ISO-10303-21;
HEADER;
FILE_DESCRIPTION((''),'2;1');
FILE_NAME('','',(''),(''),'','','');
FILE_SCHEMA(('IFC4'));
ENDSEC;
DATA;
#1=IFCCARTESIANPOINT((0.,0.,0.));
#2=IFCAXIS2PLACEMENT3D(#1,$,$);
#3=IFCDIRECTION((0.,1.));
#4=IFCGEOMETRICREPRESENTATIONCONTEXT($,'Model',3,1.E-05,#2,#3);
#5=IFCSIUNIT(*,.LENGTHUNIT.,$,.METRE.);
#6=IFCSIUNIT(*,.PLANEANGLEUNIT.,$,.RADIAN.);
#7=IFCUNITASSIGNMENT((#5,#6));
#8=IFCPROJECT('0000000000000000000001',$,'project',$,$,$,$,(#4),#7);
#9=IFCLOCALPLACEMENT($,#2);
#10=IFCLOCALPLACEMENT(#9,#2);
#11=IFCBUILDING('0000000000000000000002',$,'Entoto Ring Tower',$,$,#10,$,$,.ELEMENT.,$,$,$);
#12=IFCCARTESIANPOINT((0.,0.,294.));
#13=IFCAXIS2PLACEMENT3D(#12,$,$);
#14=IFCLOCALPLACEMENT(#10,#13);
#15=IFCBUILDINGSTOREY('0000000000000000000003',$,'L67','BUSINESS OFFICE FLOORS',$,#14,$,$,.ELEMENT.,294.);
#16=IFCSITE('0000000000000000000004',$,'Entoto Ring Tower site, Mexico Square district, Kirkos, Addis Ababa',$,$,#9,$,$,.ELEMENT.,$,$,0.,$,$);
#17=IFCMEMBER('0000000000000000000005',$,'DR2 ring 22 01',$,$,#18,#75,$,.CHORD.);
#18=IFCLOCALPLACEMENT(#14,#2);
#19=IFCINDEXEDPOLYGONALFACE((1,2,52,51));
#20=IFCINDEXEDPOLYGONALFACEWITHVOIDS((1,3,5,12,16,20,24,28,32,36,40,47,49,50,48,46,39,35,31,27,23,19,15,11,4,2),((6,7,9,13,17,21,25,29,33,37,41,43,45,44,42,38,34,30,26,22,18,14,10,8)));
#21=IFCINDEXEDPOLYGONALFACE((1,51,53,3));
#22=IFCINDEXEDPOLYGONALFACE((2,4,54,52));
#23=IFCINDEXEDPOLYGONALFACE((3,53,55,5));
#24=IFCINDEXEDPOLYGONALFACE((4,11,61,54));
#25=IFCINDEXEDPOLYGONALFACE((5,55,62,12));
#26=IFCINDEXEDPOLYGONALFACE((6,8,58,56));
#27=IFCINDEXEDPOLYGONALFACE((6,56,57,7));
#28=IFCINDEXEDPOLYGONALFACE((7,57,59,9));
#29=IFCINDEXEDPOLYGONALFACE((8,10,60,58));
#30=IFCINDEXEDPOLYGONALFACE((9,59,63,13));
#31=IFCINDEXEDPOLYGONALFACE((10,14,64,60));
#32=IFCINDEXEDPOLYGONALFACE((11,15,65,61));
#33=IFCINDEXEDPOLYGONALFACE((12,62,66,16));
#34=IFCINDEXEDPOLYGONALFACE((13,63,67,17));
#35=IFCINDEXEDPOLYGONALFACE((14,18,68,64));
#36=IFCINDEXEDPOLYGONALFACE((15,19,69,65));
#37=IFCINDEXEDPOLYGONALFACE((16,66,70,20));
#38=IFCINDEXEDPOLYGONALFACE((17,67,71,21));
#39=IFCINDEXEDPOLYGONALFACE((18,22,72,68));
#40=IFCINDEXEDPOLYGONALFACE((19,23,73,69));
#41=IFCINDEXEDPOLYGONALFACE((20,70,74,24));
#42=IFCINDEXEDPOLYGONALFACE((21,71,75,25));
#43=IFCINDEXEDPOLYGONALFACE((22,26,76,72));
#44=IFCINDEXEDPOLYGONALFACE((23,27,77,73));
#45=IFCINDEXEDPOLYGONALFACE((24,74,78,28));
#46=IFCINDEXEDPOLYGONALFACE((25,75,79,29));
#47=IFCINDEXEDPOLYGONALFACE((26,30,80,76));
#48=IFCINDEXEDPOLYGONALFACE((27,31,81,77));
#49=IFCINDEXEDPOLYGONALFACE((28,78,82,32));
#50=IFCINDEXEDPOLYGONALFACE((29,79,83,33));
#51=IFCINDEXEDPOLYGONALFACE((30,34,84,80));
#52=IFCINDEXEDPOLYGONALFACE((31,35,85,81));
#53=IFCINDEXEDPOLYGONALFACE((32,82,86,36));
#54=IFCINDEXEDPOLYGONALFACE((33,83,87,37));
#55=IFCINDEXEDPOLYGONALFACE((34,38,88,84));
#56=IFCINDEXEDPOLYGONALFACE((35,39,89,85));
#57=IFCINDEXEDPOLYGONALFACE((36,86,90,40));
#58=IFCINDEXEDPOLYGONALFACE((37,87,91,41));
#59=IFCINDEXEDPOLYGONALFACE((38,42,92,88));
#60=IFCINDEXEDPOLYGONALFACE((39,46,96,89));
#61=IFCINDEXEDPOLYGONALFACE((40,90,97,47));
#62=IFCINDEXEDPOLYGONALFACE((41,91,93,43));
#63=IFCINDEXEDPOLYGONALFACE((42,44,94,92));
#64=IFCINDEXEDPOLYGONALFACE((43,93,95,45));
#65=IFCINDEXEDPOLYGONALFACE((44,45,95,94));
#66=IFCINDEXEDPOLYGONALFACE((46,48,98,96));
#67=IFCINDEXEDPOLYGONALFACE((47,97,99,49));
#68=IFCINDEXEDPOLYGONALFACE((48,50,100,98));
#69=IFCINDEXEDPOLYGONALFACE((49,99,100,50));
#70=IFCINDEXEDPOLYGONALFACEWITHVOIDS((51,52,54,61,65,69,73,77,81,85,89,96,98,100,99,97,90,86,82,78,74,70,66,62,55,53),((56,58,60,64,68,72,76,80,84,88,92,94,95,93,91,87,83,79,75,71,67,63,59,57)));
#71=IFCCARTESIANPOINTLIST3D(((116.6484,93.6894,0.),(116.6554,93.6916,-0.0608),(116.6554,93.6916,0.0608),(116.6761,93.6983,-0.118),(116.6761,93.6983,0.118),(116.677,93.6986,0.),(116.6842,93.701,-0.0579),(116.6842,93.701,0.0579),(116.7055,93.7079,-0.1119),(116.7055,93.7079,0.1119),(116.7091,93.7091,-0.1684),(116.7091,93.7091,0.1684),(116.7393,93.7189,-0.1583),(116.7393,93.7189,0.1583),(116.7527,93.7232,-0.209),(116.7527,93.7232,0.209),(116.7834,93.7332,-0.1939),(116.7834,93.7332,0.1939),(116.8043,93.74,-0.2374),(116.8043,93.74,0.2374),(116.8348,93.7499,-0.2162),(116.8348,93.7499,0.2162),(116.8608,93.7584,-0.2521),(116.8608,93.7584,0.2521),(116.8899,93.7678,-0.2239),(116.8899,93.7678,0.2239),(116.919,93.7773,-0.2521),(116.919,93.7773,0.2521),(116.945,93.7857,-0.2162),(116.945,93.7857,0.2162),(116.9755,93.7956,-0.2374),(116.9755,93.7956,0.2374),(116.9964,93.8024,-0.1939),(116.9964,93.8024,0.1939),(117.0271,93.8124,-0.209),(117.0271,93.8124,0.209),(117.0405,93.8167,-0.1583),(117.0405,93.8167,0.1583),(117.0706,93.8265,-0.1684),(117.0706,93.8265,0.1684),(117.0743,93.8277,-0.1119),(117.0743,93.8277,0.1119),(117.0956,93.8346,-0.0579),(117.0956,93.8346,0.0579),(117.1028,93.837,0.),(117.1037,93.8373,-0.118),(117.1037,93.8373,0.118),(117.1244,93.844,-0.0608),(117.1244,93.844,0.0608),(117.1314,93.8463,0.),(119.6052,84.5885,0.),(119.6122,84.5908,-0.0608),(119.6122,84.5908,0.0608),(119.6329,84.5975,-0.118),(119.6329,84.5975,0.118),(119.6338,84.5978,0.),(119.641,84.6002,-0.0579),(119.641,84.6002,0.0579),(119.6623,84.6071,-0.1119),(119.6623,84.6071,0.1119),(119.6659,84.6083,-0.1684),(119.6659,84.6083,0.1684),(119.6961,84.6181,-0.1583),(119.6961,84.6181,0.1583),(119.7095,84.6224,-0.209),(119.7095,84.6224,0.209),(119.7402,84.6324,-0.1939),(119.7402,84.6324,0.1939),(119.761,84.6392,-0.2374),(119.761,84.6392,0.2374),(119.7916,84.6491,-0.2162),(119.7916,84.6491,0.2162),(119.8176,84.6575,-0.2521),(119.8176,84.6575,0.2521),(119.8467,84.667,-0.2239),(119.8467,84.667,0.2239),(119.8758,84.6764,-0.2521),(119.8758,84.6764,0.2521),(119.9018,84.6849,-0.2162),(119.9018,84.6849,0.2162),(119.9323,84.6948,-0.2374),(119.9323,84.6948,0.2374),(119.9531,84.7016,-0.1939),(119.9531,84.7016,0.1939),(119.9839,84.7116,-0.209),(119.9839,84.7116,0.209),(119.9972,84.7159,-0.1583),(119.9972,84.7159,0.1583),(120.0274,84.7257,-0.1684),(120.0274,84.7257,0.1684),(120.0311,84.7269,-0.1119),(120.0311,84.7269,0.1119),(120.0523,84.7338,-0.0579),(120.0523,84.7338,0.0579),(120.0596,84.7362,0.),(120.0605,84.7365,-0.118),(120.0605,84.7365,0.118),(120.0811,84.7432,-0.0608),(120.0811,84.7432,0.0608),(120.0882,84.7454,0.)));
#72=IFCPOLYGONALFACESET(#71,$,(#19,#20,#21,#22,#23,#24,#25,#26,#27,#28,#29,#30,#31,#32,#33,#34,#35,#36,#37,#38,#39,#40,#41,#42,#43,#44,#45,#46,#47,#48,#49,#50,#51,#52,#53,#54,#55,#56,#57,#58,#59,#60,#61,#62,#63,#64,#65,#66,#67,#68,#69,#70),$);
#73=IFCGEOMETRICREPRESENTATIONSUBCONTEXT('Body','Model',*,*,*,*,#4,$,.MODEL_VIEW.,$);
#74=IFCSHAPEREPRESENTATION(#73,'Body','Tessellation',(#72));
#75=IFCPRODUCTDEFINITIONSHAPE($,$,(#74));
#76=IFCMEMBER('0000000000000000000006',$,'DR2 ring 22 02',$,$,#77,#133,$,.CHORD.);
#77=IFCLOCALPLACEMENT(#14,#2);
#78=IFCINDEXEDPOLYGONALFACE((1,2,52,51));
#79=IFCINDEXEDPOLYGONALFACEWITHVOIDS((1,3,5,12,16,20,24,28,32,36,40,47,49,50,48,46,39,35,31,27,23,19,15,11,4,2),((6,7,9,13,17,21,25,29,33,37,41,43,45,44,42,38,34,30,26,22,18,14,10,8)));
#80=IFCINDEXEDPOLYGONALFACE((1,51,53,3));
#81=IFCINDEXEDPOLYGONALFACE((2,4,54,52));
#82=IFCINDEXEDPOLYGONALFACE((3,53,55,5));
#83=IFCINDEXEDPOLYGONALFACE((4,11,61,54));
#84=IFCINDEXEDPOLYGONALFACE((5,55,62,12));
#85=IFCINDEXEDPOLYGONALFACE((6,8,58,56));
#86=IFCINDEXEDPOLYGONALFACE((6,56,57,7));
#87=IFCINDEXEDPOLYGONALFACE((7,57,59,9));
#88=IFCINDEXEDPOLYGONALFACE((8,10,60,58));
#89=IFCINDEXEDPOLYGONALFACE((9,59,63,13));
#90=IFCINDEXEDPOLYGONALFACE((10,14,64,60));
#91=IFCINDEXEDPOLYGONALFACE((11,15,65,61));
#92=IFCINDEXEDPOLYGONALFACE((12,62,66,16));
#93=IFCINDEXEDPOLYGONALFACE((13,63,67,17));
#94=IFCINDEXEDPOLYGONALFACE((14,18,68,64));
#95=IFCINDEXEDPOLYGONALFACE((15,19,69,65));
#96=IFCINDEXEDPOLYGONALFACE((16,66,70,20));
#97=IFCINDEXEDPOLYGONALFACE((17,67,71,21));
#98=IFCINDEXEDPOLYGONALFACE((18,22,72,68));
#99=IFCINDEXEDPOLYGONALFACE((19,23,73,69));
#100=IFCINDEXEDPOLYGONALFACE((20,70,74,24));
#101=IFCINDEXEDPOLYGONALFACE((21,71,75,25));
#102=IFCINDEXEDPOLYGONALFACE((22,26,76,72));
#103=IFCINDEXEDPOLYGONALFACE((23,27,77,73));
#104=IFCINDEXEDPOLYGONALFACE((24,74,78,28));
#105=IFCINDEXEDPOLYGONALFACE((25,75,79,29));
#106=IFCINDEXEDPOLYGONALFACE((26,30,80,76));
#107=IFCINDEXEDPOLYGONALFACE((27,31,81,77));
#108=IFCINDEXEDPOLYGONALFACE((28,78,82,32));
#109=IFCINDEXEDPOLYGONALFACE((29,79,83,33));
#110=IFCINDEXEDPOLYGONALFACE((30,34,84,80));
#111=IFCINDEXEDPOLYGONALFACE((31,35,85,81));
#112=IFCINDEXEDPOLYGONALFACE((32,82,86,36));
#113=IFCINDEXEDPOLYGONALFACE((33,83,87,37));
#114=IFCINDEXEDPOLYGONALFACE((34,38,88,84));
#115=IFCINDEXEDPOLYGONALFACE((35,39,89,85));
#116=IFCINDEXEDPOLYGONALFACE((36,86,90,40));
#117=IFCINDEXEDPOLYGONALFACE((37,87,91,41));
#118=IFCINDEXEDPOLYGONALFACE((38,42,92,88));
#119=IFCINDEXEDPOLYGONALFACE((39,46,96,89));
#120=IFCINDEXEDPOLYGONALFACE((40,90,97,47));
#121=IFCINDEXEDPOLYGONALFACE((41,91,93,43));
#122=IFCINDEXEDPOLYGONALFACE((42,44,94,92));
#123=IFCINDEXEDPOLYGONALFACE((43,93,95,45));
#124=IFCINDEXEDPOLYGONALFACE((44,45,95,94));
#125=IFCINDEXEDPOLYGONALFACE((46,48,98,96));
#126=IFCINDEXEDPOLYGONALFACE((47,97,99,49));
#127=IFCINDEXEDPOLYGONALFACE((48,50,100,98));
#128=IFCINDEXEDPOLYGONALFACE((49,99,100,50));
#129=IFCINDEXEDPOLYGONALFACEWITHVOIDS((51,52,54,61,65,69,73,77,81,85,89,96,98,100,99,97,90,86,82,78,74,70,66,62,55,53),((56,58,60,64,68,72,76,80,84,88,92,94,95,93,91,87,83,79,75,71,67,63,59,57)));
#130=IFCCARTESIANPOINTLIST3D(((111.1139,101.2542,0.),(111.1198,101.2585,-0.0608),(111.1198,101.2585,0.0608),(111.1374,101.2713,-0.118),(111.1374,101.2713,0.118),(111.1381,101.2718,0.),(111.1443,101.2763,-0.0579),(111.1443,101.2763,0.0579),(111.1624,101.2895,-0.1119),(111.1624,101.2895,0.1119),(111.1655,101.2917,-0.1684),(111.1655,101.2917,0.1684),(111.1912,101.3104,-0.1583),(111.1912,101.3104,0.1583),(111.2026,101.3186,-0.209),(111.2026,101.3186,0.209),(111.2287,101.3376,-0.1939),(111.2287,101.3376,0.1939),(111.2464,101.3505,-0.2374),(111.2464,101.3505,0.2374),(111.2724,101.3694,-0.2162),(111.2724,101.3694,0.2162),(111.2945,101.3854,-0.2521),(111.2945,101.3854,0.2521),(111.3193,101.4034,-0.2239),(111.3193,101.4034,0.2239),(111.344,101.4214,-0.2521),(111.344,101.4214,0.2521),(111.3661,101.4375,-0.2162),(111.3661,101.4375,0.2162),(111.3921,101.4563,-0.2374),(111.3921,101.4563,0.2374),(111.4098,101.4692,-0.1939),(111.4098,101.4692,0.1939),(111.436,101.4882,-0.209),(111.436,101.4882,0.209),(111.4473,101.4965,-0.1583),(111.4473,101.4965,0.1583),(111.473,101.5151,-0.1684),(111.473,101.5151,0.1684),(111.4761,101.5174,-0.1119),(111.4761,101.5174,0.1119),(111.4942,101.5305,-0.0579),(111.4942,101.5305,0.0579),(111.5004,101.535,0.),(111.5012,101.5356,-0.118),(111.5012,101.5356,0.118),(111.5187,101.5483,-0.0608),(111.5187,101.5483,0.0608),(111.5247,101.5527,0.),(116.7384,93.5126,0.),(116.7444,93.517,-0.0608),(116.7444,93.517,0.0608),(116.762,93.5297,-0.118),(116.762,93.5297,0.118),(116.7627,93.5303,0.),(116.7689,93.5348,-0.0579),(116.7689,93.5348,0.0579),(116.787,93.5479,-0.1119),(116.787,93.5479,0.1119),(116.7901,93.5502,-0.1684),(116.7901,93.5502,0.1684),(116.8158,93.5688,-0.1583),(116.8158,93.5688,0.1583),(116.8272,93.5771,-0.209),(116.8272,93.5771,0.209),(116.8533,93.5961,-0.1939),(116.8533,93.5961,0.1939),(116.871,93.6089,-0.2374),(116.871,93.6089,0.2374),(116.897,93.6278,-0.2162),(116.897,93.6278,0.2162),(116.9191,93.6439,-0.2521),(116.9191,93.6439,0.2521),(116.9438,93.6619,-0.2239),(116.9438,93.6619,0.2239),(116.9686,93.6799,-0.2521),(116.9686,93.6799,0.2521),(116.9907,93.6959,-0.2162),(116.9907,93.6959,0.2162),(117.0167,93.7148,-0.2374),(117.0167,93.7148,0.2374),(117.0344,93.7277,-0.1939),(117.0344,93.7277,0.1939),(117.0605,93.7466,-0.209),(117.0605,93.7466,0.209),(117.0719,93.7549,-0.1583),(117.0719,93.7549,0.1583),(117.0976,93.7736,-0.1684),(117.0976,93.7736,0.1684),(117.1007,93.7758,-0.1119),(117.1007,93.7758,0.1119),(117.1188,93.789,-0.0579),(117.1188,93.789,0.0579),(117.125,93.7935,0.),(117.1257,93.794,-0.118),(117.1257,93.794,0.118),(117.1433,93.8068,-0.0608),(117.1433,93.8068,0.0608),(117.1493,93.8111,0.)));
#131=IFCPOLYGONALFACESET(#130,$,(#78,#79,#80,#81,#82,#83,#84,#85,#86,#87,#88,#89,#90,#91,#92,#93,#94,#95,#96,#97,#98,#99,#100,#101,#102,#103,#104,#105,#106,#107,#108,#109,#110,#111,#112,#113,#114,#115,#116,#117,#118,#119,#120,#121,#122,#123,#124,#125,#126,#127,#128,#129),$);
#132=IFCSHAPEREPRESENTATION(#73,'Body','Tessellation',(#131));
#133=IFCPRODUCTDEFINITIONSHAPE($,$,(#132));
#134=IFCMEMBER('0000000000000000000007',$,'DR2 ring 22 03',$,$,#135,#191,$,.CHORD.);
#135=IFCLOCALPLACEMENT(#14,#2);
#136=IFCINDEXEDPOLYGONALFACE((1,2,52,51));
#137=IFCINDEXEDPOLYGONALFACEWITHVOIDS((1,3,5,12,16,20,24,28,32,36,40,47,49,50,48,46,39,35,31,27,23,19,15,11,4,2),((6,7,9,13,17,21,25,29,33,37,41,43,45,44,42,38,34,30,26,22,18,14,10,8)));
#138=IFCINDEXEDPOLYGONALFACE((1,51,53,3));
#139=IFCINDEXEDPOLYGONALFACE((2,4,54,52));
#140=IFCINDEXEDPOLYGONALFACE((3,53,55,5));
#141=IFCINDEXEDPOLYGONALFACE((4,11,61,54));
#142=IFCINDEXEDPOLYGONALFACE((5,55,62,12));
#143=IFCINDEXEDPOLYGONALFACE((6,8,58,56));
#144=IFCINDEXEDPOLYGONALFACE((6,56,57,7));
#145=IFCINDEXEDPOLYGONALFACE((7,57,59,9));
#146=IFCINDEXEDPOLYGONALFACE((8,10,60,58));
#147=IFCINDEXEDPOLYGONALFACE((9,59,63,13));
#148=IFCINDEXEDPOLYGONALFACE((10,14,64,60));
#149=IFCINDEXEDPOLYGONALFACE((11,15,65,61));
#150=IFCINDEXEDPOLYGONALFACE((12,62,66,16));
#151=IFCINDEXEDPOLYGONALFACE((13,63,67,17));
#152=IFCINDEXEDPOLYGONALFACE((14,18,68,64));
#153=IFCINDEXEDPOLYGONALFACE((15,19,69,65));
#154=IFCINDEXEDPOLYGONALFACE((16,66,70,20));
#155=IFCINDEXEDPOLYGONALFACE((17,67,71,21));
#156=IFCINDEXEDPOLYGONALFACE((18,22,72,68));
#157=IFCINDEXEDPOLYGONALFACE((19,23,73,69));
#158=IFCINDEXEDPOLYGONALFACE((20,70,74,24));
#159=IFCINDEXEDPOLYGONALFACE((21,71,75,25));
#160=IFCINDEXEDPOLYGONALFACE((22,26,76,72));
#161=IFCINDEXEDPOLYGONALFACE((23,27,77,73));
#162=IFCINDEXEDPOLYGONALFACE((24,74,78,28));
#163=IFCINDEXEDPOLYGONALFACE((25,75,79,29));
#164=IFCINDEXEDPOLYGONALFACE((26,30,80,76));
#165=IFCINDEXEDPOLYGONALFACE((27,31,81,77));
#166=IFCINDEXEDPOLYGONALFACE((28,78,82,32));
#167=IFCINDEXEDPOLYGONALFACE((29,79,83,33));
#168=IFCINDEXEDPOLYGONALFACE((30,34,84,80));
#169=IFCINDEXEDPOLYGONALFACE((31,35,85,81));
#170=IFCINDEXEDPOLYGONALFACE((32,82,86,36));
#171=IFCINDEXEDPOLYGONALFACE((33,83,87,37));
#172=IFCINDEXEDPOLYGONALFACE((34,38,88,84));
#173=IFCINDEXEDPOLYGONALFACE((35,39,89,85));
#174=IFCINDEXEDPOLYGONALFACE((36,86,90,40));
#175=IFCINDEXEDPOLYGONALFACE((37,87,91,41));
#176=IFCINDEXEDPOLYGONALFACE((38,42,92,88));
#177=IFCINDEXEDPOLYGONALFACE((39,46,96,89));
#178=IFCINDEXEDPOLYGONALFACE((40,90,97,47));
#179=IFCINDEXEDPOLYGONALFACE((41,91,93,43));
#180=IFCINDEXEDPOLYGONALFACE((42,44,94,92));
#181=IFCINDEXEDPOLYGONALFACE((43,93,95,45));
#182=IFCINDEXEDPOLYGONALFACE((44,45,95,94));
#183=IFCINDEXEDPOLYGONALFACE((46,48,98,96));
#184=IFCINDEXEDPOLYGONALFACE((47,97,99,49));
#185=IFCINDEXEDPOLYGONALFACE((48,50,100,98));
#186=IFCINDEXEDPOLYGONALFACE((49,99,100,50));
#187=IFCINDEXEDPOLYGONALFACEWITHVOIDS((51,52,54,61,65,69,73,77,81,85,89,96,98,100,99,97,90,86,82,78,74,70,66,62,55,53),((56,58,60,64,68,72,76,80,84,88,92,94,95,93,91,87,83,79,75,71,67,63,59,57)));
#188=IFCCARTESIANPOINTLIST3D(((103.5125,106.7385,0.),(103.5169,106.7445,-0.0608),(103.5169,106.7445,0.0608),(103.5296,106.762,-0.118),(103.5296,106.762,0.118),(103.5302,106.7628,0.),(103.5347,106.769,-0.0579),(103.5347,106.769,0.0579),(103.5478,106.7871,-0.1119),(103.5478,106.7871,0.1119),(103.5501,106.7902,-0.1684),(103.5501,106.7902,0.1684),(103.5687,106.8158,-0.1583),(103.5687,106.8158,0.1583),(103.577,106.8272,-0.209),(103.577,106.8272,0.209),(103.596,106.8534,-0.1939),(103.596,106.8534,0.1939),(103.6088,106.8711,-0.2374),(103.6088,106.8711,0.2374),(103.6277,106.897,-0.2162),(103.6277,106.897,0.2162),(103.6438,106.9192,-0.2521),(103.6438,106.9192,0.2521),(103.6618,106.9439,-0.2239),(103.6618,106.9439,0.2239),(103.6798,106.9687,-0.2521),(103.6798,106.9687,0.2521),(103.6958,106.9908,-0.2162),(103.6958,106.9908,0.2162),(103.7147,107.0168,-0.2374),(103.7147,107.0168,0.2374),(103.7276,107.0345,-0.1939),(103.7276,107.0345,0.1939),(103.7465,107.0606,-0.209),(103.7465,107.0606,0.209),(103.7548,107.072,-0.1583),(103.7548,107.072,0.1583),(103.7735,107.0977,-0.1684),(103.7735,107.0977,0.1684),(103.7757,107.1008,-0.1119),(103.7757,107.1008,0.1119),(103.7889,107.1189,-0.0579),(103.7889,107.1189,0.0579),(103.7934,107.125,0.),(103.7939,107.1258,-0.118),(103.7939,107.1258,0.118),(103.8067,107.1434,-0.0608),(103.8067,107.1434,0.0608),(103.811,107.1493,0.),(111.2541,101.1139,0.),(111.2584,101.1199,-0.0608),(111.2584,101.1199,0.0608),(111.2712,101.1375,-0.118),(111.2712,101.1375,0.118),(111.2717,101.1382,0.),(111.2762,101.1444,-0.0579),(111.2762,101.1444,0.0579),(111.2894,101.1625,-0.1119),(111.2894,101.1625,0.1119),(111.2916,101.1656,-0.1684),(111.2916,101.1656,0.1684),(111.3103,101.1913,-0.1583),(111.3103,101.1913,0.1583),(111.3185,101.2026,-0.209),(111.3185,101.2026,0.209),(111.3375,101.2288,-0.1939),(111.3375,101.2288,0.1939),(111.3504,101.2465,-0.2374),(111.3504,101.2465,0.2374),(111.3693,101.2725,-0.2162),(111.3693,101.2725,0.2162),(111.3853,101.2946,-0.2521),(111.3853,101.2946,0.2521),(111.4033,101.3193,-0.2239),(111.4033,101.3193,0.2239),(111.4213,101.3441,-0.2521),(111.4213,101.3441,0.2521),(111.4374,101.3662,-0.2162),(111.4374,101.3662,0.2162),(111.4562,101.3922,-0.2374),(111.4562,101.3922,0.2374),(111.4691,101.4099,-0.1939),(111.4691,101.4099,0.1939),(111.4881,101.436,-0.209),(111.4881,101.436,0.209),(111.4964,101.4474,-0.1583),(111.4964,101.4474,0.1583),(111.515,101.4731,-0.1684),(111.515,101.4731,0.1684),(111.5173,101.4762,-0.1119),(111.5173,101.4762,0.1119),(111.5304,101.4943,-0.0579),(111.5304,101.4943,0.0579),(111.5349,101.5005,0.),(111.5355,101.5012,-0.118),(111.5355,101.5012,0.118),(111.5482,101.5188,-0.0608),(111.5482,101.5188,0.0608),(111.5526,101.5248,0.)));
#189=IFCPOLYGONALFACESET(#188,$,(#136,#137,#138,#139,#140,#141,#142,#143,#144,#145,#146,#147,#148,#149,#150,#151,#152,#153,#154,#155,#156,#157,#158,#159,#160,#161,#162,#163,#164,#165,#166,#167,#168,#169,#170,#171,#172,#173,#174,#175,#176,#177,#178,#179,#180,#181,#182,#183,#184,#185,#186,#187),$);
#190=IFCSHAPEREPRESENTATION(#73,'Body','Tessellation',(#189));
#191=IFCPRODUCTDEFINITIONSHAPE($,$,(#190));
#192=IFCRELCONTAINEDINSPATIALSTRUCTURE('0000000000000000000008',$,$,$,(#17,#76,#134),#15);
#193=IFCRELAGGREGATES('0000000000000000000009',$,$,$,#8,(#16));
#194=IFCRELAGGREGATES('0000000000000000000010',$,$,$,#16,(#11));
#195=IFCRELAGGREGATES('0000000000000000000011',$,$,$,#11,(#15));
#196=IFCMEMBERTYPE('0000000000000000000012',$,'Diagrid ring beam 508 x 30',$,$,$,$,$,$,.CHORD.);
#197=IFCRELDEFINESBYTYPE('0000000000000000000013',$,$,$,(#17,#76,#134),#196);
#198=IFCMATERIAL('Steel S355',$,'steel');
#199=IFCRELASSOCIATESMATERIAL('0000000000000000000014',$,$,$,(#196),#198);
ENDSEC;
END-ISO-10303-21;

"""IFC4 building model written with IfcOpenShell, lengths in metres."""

from ifc_helpers import new_model, si_unit, direction, frame, origin, origin_2d, place, context, subcontext, project, spatial, circle, hollow_circle, extrude, material, material_profile, profile_set, type_object, element, save


model = new_model("IFC4")

# Units and contexts
model_context = context("Model", 3, precision=1e-05, world=origin(), true_north=direction((0.0, 1.0)))
body_context = subcontext(model_context, "Body", "Model", "MODEL_VIEW")
ifc_project = project(units=[si_unit("LENGTHUNIT", "METRE"), si_unit("PLANEANGLEUNIT", "RADIAN")], contexts=[model_context])

# Site, building, storey
site_placement = place(None, origin())
site = spatial("IfcSite", under=ifc_project, at=site_placement, Name="Entoto Ring Tower site, Mexico Square district, Kirkos, Addis Ababa", CompositionType="ELEMENT", RefElevation=0.0)
building_placement = place(site_placement, origin())
building = spatial("IfcBuilding", under=site, at=building_placement, Name="Entoto Ring Tower", CompositionType="ELEMENT")
storey_placement = place(building_placement, frame((0.0, 0.0, 294.0)))
storey = spatial("IfcBuildingStorey", under=building, at=storey_placement, Name="L67", Description="BUSINESS OFFICE FLOORS", CompositionType="ELEMENT", Elevation=294.0)

# Members
ifc_material_1 = material(Name="Steel S355", Category="steel")
ifc_material_profile_1 = material_profile(ifc_material_1, hollow_circle(Radius=0.2539, WallThickness=0.03, at=origin_2d()), Name="CHS 508 x 30")
ifc_material_2 = material(Name="Concrete C60/75", Category="concrete")
ifc_material_profile_2 = material_profile(ifc_material_2, circle(Radius=0.2241, at=origin_2d()), Name="Concrete C60/75 infill")
ifc_profile_set_1 = profile_set([ifc_material_profile_1, ifc_material_profile_2], Name="Steel S355")
member_type_1 = type_object("IfcMemberType", Name="Diagrid ring beam 508 x 30", PredefinedType="CHORD", material=ifc_profile_set_1)
for number, where, z_axis, x_axis, name in (
    (1, (119.8467, 84.667, 0.0), (-0.308993, 0.951064, 0.0), (-0.951064, -0.308993, 0.0), "DR2 ring 22 01"),
    (2, (116.9438, 93.6619, 0.0), (-0.587786, 0.809016, 0.0), (-0.809016, -0.587786, 0.0), "DR2 ring 22 02"),
    (3, (111.4033, 101.3193, 0.0), (-0.809016, 0.587786, 0.0), (-0.587786, -0.809016, 0.0), "DR2 ring 22 03"),
):
    element("IfcMember", number, at=place(storey_placement, frame(where, z_axis=z_axis, x_axis=x_axis)), inside=storey, type_object=member_type_1, Name=name, PredefinedType="CHORD", context=body_context, shape_type="SweptSolid", body=[
        extrude(hollow_circle(Radius=0.2539, WallThickness=0.03, at=origin_2d()), origin(), (0.0, 0.0, 1.0), 9.5691),
    ])

save(model, "model.ifc")
